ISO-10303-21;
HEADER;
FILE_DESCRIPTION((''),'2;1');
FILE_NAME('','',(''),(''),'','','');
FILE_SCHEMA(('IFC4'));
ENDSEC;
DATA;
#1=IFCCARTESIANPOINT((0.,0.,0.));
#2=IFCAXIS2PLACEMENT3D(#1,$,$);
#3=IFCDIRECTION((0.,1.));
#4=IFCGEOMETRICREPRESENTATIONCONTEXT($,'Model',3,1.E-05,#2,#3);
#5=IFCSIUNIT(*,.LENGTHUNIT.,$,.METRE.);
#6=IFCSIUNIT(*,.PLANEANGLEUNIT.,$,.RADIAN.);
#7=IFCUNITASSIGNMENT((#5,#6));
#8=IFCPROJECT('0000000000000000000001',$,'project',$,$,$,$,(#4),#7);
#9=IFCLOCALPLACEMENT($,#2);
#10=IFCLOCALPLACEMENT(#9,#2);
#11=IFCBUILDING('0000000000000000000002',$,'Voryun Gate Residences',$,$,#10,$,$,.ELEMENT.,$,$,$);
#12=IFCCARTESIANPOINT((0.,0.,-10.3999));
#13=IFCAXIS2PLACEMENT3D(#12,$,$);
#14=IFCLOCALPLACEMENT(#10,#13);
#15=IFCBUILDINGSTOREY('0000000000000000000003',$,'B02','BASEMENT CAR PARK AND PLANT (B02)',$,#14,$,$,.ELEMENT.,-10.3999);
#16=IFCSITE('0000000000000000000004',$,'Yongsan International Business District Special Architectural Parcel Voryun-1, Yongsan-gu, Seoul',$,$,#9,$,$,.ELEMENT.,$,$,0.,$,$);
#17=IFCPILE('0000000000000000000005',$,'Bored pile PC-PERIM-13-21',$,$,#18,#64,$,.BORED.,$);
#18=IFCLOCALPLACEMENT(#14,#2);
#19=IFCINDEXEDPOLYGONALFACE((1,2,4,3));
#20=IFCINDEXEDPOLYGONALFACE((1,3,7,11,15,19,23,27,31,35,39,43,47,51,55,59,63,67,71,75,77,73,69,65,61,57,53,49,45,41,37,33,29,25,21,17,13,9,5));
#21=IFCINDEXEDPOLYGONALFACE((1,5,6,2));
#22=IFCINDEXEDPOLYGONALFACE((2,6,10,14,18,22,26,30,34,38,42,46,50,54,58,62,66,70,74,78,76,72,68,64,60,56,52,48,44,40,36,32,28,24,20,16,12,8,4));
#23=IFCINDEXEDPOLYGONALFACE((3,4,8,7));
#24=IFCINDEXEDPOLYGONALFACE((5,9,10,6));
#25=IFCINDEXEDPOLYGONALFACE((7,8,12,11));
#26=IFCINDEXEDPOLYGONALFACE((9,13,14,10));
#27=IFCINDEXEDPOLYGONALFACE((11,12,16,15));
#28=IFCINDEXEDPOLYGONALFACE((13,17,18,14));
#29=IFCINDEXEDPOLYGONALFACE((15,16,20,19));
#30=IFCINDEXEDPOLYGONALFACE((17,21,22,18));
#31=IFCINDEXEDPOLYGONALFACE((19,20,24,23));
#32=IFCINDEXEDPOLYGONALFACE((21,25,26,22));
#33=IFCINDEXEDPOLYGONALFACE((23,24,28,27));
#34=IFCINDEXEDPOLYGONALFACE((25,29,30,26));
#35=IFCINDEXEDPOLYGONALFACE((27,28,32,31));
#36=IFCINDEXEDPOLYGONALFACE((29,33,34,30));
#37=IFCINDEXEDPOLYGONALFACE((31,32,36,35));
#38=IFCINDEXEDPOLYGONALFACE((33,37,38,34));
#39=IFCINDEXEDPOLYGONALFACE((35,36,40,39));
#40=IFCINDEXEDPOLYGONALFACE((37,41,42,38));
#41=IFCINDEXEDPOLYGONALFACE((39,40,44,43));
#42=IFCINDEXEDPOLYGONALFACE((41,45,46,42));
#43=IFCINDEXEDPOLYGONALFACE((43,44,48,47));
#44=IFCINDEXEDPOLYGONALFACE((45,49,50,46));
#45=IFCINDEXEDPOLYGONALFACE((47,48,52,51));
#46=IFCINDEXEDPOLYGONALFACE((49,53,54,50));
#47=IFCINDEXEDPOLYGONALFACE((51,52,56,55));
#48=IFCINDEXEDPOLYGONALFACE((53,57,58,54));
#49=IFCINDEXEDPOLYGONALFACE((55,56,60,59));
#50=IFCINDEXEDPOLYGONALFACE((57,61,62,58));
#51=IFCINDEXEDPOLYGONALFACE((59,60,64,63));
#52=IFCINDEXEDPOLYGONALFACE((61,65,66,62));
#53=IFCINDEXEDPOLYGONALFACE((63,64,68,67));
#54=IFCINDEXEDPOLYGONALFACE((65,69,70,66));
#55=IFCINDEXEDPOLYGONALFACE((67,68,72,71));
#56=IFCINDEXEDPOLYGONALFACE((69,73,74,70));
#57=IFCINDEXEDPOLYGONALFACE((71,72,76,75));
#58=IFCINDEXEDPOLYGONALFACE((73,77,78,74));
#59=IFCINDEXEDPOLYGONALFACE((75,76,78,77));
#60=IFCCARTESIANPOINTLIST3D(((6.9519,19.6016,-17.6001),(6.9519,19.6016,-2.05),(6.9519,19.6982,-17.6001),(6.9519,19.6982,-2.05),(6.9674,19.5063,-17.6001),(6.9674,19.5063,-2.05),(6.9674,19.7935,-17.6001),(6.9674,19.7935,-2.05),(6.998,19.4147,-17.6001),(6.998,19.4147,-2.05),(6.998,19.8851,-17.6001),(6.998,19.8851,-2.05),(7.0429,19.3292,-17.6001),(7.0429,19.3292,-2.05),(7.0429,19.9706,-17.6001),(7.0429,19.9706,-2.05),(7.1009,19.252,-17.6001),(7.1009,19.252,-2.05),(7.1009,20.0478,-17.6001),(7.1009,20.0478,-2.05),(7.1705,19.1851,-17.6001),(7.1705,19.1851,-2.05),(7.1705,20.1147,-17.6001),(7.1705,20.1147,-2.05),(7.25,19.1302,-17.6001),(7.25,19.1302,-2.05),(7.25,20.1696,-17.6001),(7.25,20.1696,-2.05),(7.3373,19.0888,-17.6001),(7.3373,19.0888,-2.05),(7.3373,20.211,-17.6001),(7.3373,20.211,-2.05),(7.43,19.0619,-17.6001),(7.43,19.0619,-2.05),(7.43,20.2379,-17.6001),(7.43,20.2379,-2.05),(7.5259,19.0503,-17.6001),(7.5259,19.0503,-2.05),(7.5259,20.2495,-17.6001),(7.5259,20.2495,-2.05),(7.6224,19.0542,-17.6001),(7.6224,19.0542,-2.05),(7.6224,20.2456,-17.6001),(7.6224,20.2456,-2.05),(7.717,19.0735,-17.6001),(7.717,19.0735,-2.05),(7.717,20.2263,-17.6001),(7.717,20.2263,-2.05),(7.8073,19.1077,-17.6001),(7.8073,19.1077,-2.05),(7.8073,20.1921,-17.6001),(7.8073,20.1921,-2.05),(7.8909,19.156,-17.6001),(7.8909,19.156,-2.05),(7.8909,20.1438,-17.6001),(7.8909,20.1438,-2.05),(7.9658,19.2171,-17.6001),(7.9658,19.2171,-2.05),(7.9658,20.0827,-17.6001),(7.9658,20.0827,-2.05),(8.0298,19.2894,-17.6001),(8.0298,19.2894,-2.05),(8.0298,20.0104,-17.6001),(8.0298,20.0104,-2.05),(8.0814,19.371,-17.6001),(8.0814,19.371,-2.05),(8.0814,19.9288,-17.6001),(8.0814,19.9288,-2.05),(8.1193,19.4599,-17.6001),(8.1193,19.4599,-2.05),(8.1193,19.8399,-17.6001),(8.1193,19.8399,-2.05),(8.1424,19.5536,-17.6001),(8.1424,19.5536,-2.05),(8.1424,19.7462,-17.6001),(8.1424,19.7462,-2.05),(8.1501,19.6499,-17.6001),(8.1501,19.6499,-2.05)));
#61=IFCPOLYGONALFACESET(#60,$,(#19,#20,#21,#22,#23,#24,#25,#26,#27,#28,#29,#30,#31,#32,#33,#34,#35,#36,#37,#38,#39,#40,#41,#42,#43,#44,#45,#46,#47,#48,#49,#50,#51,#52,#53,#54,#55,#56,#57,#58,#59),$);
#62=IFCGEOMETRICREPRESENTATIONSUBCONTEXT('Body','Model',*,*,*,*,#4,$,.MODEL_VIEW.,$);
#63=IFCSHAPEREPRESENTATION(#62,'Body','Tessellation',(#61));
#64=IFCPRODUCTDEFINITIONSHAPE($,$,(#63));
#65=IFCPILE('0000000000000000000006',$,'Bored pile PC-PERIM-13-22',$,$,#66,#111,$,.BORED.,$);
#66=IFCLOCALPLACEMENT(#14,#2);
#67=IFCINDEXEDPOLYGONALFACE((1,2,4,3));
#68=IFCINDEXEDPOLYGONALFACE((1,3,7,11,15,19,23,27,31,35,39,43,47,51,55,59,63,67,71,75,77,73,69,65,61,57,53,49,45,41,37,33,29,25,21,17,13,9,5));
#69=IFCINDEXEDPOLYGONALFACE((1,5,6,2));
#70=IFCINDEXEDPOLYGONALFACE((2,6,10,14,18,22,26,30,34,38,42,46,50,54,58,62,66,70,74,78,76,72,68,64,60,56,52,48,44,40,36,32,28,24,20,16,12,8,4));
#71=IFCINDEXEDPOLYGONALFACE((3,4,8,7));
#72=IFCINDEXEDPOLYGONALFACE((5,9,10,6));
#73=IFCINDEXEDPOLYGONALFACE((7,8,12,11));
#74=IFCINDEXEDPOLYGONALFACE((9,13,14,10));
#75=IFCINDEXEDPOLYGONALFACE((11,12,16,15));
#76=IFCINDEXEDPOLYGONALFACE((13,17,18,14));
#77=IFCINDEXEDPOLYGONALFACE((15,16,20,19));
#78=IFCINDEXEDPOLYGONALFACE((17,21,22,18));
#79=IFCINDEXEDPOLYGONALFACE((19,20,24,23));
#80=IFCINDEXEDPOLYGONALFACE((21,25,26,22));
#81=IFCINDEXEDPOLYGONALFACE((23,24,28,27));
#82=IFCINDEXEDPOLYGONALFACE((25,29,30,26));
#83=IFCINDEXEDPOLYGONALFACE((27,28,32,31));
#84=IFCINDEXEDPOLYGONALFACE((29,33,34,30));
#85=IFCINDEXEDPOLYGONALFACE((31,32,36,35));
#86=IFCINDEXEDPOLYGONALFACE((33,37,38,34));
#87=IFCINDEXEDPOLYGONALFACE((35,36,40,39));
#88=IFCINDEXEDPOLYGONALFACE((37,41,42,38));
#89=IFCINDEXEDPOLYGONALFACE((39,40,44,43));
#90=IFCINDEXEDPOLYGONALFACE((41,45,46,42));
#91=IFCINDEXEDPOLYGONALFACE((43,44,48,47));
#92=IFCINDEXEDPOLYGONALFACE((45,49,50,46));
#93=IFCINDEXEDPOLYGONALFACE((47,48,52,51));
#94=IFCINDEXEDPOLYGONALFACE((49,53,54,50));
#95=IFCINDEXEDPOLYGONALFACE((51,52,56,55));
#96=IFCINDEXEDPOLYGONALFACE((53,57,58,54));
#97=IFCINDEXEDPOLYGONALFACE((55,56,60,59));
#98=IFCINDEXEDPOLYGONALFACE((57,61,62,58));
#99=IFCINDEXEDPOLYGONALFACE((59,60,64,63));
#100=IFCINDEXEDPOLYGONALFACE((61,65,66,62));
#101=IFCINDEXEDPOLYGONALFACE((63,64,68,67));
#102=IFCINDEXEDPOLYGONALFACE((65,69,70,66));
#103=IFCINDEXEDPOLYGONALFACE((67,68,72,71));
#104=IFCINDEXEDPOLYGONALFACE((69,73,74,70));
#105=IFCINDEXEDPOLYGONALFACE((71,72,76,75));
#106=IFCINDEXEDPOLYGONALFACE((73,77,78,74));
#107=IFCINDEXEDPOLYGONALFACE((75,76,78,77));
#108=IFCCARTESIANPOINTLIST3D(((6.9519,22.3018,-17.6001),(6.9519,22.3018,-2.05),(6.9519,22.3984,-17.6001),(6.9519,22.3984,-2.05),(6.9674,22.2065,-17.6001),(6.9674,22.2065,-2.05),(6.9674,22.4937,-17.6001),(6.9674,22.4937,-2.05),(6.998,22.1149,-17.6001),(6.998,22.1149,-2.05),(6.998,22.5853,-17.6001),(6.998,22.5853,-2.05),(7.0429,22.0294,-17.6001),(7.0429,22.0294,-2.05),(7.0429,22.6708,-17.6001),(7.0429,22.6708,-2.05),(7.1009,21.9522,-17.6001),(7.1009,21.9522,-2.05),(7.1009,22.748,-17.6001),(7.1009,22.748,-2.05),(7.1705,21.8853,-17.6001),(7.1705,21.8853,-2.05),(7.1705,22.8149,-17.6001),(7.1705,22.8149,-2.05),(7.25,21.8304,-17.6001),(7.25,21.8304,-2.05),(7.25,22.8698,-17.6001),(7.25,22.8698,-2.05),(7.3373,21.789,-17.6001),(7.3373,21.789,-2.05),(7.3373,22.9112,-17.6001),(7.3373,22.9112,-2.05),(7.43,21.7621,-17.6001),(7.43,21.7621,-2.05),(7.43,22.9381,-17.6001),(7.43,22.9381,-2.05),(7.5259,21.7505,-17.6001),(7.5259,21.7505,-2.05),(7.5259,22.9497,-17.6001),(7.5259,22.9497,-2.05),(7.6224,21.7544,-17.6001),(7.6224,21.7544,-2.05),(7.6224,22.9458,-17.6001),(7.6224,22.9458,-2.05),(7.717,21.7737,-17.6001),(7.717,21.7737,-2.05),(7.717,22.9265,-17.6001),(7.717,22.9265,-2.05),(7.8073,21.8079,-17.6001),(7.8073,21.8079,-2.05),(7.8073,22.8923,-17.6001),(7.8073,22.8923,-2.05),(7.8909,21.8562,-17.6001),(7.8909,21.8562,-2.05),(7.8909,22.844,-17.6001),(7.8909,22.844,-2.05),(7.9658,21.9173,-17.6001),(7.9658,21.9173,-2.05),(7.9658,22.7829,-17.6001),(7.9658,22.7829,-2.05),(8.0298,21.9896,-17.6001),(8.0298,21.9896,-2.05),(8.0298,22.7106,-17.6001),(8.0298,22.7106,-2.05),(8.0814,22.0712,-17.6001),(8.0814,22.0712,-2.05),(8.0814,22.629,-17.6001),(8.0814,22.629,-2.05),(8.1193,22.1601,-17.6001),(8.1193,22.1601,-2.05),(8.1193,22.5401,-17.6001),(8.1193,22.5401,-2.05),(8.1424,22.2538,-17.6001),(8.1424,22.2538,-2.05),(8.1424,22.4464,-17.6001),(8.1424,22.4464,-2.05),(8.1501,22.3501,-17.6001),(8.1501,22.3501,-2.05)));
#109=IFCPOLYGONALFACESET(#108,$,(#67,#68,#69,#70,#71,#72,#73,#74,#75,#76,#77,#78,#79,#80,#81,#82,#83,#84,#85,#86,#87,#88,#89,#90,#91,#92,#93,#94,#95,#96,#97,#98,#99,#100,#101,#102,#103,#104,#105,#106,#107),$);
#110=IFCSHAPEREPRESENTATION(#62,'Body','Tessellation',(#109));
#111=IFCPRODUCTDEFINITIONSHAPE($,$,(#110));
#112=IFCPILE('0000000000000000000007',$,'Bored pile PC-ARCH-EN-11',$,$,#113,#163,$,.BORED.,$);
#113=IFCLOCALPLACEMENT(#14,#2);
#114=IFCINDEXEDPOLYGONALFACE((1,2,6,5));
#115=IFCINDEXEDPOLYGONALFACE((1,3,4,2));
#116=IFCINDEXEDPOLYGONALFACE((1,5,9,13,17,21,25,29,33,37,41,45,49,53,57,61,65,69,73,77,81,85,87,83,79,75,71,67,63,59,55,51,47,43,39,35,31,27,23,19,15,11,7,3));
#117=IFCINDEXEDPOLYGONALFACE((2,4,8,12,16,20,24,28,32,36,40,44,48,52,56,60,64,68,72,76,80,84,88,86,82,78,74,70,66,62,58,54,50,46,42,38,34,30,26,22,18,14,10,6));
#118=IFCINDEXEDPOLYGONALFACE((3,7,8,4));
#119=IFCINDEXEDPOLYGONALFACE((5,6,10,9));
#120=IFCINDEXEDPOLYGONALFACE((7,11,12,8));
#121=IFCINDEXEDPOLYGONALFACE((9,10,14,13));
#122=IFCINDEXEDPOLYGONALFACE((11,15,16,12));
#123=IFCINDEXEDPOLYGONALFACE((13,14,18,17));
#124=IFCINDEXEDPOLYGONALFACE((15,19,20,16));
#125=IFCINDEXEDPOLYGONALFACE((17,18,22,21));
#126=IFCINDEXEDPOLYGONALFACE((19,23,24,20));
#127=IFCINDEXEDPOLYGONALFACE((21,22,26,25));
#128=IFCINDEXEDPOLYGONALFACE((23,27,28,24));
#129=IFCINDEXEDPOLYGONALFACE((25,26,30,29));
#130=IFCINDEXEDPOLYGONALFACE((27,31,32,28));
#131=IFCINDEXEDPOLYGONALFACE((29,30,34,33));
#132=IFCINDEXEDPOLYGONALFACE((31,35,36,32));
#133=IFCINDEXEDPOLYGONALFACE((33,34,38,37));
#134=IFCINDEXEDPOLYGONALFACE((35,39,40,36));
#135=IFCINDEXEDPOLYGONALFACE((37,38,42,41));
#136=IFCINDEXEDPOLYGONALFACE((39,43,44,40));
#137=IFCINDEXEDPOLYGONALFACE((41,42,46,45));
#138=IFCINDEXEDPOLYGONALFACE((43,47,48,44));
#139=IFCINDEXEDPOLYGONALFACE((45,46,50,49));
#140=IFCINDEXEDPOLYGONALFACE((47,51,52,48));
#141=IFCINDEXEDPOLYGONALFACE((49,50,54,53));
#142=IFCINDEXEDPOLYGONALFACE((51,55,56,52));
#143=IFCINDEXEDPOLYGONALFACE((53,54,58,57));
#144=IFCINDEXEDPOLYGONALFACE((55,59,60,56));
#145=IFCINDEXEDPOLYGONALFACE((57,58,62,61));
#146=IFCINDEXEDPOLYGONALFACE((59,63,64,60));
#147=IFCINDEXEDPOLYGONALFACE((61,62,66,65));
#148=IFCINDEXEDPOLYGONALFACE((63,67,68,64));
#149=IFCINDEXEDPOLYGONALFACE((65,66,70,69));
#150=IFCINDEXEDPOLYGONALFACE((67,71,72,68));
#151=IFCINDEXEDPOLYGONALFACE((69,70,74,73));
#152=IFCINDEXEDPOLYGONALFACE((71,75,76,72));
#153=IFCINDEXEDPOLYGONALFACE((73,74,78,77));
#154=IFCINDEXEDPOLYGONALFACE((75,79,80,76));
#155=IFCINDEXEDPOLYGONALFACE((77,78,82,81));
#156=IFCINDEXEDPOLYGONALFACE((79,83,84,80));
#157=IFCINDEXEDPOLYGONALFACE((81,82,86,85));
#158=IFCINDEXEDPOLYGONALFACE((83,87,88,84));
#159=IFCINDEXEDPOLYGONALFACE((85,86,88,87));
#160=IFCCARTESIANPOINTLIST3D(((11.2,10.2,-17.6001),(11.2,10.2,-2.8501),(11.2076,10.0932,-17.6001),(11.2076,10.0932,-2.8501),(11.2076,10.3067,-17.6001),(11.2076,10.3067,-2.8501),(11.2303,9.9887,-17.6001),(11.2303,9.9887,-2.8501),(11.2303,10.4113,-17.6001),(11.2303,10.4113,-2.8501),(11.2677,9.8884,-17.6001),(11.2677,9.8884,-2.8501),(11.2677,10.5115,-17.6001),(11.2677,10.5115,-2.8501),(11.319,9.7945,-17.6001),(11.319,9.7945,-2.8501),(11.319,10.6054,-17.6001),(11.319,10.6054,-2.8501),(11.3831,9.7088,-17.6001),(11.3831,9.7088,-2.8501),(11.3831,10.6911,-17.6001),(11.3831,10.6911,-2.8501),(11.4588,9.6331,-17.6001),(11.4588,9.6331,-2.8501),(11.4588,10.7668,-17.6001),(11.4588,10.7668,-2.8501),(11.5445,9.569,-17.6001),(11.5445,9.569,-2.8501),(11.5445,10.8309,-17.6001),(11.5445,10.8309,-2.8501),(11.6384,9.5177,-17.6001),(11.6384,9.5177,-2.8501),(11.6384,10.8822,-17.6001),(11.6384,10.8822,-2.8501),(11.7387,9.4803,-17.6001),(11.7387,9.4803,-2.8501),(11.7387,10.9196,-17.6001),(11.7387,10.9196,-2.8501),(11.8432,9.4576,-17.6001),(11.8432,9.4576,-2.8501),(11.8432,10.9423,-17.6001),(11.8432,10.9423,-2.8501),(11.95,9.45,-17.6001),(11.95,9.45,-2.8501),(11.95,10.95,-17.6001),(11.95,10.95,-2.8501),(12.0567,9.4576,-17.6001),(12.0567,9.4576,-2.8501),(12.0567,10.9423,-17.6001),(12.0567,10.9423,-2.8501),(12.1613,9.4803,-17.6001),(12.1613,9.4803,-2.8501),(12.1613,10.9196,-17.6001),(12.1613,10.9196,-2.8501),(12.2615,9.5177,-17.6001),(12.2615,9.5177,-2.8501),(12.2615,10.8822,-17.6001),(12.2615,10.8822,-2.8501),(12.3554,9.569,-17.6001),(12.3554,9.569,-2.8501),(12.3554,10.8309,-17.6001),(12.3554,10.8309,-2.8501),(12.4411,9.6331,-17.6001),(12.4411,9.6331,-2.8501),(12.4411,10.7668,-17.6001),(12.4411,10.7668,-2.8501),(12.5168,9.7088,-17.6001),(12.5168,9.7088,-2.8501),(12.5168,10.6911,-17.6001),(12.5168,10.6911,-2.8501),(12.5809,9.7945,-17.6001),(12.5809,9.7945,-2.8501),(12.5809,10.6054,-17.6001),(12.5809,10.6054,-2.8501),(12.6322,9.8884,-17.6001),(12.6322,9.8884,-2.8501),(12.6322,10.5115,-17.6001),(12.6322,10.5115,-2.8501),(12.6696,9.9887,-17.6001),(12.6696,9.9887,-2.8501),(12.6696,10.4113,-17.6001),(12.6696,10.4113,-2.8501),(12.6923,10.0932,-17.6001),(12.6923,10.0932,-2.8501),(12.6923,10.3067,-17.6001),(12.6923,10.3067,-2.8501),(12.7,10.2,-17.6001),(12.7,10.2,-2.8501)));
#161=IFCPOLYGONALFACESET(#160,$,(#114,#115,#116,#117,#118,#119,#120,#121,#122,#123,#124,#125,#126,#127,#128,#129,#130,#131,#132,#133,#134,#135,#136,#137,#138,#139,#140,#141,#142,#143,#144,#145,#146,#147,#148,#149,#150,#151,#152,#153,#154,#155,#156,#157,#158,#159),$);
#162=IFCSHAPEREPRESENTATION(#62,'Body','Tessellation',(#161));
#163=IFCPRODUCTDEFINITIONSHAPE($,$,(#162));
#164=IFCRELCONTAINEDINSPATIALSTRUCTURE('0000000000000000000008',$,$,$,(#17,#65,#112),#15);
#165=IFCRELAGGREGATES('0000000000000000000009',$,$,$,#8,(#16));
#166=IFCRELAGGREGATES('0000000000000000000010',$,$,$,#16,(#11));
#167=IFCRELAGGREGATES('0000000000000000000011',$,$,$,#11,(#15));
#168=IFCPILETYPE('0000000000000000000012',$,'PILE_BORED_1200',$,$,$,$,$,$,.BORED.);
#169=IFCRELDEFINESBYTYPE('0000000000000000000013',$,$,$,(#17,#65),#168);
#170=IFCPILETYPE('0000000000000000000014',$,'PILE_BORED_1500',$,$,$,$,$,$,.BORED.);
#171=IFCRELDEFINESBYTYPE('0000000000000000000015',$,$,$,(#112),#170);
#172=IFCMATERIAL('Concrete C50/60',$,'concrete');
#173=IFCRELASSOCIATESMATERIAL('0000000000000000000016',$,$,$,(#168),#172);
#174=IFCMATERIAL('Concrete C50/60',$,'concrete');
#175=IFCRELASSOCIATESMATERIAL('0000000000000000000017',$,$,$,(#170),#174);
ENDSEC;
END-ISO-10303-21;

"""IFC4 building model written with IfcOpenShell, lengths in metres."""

from ifc_helpers import new_model, si_unit, direction, frame, origin, origin_2d, place, context, subcontext, project, spatial, circle, extrude, material, material_profile, profile_set, type_object, element, save


model = new_model("IFC4")

# Units and contexts
model_context = context("Model", 3, precision=1e-05, world=origin(), true_north=direction((0.0, 1.0)))
body_context = subcontext(model_context, "Body", "Model", "MODEL_VIEW")
ifc_project = project(units=[si_unit("LENGTHUNIT", "METRE"), si_unit("PLANEANGLEUNIT", "RADIAN")], contexts=[model_context])

# Site, building, storey
site_placement = place(None, origin())
site = spatial("IfcSite", under=ifc_project, at=site_placement, Name="Yongsan International Business District Special Architectural Parcel Voryun-1, Yongsan-gu, Seoul", CompositionType="ELEMENT", RefElevation=0.0)
building_placement = place(site_placement, origin())
building = spatial("IfcBuilding", under=site, at=building_placement, Name="Voryun Gate Residences", CompositionType="ELEMENT")
storey_placement = place(building_placement, frame((0.0, 0.0, -10.3999)))
storey = spatial("IfcBuildingStorey", under=building, at=storey_placement, Name="B02", Description="BASEMENT CAR PARK AND PLANT (B02)", CompositionType="ELEMENT", Elevation=-10.3999)

# Piles
ifc_material_1 = material(Name="Concrete C50/60", Category="concrete")
ifc_material_profile_1 = material_profile(ifc_material_1, circle(Radius=0.6001, at=origin_2d()), Name="PILE-D1200")
ifc_profile_set_1 = profile_set([ifc_material_profile_1], Name="Concrete C50/60")
pile_type_1 = type_object("IfcPileType", Name="PILE_BORED_1200", PredefinedType="BORED", material=ifc_profile_set_1)
for number, where, z_axis, x_axis, name in (
    (1, (7.55, 19.6499, -2.05), (0.0, 0.0, -1.0), (1.0, 0.0, 0.0), "Bored pile PC-PERIM-13-21"),
    (2, (7.55, 22.3501, -2.05), (0.0, 0.0, -1.0), (1.0, 0.0, 0.0), "Bored pile PC-PERIM-13-22"),
):
    element("IfcPile", number, at=place(storey_placement, frame(where, z_axis=z_axis, x_axis=x_axis)), inside=storey, type_object=pile_type_1, Name=name, PredefinedType="BORED", context=body_context, shape_type="SweptSolid", body=[
        extrude(circle(Radius=0.6001, at=origin_2d()), origin(), (0.0, 0.0, 1.0), 15.55),
    ])
ifc_material_2 = material(Name="Concrete C50/60", Category="concrete")
ifc_material_profile_2 = material_profile(ifc_material_2, circle(Radius=0.75, at=origin_2d()), Name="PILE-D1500")
ifc_profile_set_2 = profile_set([ifc_material_profile_2], Name="Concrete C50/60")
pile_type_2 = type_object("IfcPileType", Name="PILE_BORED_1500", PredefinedType="BORED", material=ifc_profile_set_2)
for number, where, z_axis, x_axis, name in (
    (3, (11.95, 10.2, -2.8501), (0.0, 0.0, -1.0), (1.0, 0.0, 0.0), "Bored pile PC-ARCH-EN-11"),
):
    element("IfcPile", number, at=place(storey_placement, frame(where, z_axis=z_axis, x_axis=x_axis)), inside=storey, type_object=pile_type_2, Name=name, PredefinedType="BORED", context=body_context, shape_type="SweptSolid", body=[
        extrude(circle(Radius=0.75, at=origin_2d()), origin(), (0.0, 0.0, 1.0), 14.75),
    ])

save(model, "model.ifc")
